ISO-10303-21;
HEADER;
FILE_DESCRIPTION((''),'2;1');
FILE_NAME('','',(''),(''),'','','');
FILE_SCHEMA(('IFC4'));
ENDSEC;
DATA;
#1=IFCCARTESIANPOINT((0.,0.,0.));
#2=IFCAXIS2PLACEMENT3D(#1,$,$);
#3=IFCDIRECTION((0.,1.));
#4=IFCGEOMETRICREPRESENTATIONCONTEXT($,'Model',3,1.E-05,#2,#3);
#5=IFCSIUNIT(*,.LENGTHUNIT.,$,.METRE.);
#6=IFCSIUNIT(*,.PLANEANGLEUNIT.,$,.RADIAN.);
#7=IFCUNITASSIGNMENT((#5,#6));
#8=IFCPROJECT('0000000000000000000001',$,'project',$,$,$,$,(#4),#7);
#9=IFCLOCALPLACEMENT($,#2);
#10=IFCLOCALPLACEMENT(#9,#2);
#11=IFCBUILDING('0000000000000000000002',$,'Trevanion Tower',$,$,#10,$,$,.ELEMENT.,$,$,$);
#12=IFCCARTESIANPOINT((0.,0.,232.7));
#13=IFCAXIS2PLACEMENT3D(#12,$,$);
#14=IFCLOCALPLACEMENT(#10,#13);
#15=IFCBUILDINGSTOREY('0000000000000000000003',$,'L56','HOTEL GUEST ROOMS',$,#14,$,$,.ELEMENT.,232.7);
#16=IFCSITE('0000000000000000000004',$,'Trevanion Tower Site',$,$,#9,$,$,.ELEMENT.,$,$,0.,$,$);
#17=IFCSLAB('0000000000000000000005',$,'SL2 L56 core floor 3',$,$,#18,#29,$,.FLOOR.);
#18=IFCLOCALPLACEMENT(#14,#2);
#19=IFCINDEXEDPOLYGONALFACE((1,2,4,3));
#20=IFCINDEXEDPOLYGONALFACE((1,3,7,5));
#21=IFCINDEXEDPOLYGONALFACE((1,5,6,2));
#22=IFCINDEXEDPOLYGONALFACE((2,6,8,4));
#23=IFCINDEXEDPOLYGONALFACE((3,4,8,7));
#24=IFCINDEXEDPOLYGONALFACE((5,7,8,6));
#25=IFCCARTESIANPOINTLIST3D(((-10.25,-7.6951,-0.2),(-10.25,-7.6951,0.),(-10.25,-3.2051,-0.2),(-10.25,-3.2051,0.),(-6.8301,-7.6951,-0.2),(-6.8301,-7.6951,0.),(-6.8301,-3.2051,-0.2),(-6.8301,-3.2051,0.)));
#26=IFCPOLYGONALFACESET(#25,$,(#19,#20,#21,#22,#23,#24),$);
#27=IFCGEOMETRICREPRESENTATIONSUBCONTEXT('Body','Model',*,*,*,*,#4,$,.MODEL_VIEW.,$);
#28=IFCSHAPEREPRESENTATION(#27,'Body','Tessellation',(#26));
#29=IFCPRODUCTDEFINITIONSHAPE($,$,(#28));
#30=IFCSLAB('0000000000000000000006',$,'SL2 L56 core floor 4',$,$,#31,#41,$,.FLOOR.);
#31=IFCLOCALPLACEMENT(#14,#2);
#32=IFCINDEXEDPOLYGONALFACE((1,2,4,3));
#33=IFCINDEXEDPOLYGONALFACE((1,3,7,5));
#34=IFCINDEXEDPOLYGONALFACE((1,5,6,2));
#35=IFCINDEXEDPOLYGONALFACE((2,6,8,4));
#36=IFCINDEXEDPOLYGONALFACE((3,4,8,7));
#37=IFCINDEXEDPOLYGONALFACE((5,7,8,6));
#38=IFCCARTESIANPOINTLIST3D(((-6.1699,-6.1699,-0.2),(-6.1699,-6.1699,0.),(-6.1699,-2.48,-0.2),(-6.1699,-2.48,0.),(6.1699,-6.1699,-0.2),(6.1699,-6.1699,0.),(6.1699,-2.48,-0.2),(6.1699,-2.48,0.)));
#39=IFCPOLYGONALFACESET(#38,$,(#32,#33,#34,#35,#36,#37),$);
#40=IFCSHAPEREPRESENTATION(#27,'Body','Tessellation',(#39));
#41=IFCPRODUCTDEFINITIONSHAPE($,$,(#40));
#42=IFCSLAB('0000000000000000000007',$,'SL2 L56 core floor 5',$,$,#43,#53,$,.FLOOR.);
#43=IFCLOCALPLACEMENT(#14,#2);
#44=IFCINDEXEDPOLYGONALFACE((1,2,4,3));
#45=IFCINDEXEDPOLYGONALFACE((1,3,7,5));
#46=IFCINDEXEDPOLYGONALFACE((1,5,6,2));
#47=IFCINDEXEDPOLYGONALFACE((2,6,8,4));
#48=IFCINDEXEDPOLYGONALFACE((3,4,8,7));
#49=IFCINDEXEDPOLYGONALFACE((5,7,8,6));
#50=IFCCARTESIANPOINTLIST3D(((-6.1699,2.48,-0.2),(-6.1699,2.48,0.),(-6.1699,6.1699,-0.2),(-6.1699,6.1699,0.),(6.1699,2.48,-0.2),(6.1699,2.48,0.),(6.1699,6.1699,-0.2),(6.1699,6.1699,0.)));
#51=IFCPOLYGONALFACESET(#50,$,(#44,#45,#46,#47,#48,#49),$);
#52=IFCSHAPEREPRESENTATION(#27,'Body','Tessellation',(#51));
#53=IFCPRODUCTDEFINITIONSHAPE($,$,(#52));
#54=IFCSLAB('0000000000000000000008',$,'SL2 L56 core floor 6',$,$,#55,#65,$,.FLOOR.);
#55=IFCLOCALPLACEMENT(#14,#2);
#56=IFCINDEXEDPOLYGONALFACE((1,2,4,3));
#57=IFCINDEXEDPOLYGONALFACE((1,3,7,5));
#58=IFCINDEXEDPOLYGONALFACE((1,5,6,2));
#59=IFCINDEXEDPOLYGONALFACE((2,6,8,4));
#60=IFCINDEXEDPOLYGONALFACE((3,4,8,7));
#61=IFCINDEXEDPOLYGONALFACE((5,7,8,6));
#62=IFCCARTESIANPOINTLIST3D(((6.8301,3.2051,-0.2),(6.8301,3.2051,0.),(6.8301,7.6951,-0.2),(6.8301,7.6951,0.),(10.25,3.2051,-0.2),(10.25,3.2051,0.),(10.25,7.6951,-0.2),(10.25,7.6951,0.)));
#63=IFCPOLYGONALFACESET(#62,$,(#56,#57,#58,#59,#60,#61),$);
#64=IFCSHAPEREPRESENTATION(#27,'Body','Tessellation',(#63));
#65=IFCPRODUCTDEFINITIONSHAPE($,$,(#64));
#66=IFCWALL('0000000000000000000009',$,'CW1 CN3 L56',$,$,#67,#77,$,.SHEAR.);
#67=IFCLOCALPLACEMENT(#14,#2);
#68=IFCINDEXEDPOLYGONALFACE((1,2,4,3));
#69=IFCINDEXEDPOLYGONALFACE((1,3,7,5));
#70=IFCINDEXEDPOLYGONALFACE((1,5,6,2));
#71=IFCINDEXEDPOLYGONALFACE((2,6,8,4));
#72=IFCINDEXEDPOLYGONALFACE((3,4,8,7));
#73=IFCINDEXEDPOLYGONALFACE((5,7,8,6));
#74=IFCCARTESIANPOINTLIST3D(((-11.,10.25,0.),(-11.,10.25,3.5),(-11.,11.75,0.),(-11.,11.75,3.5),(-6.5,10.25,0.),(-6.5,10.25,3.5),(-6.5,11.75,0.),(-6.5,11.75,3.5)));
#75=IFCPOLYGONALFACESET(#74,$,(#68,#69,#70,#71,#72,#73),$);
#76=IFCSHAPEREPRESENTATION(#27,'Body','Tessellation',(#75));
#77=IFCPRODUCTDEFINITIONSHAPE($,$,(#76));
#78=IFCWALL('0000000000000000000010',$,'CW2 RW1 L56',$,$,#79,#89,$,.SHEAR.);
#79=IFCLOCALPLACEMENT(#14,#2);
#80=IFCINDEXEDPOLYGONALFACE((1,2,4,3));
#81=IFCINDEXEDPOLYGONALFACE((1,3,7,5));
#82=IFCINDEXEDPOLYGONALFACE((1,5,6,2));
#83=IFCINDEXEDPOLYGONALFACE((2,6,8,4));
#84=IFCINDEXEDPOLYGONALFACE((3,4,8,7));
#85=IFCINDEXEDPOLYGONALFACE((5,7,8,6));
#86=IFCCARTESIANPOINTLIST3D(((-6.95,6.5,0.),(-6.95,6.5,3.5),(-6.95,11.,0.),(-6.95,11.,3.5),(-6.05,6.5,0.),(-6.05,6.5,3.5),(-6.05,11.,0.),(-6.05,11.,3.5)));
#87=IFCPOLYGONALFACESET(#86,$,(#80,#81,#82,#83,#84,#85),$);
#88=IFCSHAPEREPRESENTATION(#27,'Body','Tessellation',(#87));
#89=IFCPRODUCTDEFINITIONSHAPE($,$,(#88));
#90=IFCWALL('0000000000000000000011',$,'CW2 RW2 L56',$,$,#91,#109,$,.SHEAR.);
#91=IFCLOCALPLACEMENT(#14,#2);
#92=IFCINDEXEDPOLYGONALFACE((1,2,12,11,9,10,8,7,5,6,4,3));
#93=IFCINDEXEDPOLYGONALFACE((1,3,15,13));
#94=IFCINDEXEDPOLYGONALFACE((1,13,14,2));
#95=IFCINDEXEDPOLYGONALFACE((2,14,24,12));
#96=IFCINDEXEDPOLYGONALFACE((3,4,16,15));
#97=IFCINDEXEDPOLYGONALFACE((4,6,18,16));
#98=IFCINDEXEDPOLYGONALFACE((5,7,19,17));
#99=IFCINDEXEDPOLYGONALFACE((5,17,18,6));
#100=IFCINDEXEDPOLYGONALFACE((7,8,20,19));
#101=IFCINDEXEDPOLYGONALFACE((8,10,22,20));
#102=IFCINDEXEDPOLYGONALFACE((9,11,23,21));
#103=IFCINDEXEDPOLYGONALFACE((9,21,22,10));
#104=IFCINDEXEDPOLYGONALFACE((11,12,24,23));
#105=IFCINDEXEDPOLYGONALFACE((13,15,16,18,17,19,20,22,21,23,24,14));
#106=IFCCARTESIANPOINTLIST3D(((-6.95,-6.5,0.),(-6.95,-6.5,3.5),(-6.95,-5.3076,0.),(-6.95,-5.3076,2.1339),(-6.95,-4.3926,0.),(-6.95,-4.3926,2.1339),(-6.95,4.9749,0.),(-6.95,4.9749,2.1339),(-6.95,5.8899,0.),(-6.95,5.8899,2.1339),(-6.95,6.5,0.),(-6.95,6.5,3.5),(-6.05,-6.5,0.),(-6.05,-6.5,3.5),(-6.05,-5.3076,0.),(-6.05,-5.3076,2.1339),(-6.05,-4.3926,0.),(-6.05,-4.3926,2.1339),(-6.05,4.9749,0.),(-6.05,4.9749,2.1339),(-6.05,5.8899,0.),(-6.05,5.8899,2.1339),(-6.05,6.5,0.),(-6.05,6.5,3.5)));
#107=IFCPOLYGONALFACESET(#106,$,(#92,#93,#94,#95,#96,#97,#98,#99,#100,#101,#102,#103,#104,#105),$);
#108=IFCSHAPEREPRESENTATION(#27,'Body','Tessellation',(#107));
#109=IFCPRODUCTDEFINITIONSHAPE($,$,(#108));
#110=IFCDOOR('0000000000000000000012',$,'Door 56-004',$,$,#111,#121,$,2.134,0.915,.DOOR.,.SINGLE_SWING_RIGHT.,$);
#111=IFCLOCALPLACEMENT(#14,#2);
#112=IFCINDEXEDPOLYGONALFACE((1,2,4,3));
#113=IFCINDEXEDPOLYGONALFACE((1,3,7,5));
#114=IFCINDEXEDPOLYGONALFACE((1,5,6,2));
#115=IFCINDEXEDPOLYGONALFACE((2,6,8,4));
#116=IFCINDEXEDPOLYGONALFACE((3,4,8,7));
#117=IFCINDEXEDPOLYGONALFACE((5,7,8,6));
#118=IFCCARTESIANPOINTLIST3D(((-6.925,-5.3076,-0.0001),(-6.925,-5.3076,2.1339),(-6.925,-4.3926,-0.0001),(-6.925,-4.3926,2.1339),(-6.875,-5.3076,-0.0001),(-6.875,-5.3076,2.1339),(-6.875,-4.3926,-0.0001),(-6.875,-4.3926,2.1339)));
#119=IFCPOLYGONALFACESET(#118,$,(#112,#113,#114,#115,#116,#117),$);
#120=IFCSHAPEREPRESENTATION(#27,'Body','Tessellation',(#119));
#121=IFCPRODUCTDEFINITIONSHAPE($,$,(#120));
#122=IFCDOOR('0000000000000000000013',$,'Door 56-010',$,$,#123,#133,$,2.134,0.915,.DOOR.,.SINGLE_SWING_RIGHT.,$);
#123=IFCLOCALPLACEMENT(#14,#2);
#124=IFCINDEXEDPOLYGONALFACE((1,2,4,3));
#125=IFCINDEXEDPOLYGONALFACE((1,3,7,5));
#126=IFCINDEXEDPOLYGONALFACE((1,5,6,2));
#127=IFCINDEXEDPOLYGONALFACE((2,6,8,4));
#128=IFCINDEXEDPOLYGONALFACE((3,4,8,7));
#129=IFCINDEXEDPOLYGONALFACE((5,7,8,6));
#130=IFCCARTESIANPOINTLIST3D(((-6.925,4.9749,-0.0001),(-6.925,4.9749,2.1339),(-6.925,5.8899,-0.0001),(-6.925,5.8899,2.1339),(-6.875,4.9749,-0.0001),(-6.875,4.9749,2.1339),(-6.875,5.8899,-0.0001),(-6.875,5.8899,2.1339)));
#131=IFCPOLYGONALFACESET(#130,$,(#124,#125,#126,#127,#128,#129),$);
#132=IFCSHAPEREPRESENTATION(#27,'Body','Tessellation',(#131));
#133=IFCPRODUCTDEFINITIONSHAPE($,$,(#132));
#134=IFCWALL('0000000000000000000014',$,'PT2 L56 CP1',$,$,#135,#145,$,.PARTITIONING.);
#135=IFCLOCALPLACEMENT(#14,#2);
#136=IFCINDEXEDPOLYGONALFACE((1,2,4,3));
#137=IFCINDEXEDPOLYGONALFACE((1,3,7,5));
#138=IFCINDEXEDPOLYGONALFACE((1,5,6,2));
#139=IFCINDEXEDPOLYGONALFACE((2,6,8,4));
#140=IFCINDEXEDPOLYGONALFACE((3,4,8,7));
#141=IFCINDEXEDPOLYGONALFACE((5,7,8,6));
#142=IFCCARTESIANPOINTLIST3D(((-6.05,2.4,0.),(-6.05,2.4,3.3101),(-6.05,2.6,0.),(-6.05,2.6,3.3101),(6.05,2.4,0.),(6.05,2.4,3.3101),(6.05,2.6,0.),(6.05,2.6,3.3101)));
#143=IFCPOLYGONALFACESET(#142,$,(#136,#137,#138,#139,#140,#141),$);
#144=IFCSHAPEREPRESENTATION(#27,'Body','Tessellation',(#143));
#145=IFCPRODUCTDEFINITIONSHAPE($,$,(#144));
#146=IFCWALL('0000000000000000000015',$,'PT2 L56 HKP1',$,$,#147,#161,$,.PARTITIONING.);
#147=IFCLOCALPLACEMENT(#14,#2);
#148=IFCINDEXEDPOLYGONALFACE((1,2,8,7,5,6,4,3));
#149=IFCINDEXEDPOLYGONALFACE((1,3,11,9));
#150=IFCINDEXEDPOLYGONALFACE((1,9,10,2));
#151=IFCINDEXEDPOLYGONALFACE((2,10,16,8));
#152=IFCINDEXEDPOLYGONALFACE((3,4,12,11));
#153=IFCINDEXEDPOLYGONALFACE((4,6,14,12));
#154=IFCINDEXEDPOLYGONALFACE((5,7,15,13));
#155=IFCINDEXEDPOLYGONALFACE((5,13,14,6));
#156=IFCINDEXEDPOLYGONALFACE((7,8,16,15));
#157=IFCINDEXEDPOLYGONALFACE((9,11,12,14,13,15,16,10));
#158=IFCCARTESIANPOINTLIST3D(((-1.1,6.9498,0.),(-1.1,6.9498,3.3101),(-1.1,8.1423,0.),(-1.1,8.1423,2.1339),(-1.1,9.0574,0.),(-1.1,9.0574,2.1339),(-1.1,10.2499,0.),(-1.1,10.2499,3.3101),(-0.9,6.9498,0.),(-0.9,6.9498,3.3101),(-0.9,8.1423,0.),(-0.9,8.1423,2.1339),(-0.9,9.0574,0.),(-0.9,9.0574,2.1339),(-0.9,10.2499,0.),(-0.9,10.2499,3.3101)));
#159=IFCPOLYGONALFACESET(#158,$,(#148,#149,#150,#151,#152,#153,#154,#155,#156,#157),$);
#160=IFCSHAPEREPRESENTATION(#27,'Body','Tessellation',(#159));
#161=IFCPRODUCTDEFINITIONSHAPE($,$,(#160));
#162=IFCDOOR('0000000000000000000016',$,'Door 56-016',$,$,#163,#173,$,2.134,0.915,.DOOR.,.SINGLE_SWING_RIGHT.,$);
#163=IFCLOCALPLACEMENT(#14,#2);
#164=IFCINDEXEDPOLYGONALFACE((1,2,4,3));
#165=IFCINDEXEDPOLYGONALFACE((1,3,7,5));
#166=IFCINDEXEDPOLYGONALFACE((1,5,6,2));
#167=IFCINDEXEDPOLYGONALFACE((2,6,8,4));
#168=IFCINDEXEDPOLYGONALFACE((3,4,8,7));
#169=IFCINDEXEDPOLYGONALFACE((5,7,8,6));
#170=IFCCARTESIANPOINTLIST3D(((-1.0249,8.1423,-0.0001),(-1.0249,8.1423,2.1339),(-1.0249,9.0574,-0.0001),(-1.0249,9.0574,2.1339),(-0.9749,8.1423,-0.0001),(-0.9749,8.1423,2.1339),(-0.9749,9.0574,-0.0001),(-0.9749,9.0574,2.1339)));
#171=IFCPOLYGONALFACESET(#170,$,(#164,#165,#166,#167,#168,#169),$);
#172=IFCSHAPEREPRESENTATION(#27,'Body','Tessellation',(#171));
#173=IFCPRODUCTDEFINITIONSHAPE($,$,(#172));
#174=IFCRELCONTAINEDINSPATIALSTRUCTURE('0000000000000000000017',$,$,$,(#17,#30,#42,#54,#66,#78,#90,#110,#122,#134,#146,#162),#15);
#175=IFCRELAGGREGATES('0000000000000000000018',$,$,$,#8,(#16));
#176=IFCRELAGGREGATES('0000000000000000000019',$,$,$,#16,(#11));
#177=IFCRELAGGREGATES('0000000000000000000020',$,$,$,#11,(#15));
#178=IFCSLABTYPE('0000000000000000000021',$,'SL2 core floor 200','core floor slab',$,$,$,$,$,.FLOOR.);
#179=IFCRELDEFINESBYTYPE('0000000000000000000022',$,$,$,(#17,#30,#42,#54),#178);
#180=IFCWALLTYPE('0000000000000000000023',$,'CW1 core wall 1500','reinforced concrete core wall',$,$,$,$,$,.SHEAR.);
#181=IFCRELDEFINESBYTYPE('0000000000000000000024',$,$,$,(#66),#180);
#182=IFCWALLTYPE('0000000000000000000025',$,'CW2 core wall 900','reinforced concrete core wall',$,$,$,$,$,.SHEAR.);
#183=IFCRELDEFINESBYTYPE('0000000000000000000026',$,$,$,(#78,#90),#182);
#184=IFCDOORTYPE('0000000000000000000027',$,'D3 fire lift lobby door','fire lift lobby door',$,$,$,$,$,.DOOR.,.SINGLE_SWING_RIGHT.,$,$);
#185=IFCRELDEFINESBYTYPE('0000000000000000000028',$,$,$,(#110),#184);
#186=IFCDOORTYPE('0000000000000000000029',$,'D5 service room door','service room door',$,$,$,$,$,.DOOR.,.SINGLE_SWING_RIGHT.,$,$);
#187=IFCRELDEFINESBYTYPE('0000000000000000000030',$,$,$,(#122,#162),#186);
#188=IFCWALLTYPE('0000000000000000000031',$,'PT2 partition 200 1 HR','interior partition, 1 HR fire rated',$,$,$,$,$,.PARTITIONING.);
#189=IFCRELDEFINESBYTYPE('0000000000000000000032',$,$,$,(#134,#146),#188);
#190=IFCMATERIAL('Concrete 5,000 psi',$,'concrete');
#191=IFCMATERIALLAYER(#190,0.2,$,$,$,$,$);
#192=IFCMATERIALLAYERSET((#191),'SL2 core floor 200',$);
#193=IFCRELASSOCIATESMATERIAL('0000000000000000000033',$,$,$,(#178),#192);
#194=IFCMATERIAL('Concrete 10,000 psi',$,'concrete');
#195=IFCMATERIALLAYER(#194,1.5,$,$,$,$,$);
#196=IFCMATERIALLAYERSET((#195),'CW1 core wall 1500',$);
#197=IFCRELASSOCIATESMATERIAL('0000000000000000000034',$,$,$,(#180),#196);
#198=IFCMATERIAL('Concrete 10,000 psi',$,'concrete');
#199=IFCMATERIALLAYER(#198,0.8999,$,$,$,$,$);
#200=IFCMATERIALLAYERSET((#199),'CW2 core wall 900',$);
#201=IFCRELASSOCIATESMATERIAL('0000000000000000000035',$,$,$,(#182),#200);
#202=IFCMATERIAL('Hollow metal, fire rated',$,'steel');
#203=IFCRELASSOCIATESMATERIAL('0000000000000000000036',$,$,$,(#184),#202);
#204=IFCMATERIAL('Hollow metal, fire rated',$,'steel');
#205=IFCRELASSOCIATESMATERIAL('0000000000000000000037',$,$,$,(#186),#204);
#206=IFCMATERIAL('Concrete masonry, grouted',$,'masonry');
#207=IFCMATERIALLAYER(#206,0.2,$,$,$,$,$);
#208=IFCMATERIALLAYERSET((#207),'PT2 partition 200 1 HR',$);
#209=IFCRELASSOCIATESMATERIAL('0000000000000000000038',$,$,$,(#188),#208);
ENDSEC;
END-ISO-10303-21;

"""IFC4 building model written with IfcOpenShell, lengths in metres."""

from ifc_helpers import new_model, si_unit, direction, frame, frame_2d, origin, place, context, subcontext, project, spatial, polyline, rectangle, outline, extrude, material, layer, layer_set, type_object, element, fill, save


model = new_model("IFC4")

# Units and contexts
model_context = context("Model", 3, precision=1e-05, world=origin(), true_north=direction((0.0, 1.0)))
body_context = subcontext(model_context, "Body", "Model", "MODEL_VIEW")
ifc_project = project(units=[si_unit("LENGTHUNIT", "METRE"), si_unit("PLANEANGLEUNIT", "RADIAN")], contexts=[model_context])

# Site, building, storey
site_placement = place(None, origin())
site = spatial("IfcSite", under=ifc_project, at=site_placement, Name="Trevanion Tower Site", CompositionType="ELEMENT", RefElevation=0.0)
building_placement = place(site_placement, origin())
building = spatial("IfcBuilding", under=site, at=building_placement, Name="Trevanion Tower", CompositionType="ELEMENT")
storey_placement = place(building_placement, frame((0.0, 0.0, 232.7)))
storey = spatial("IfcBuildingStorey", under=building, at=storey_placement, Name="L56", Description="HOTEL GUEST ROOMS", CompositionType="ELEMENT", Elevation=232.7)

# Slabs
ifc_material_1 = material(Name="Concrete 5,000 psi", Category="concrete")
ifc_layer_1 = layer(ifc_material_1, 0.2)
ifc_layer_set_1 = layer_set([ifc_layer_1], Name="SL2 core floor 200")
slab_type = type_object("IfcSlabType", Name="SL2 core floor 200", Description="core floor slab", PredefinedType="FLOOR", material=ifc_layer_set_1)
slab_1_placement = place(storey_placement, frame((0.0, 0.0, -0.2)))
element("IfcSlab", 1, at=slab_1_placement, inside=storey, type_object=slab_type, Name="SL2 L56 core floor 3", PredefinedType="FLOOR", context=body_context, shape_type="SweptSolid", body=[
    extrude(outline(polyline([(-6.8301, -3.2051), (-6.8301, -7.6951), (-10.25, -7.6951), (-10.25, -3.2051), (-6.8301, -3.2051)])), origin(), (0.0, 0.0, 1.0), 0.2),
])
slab_2_placement = place(storey_placement, frame((0.0, 0.0, -0.2)))
element("IfcSlab", 2, at=slab_2_placement, inside=storey, type_object=slab_type, Name="SL2 L56 core floor 4", PredefinedType="FLOOR", context=body_context, shape_type="SweptSolid", body=[
    extrude(outline(polyline([(6.1699, -6.1699), (-6.1699, -6.1699), (-6.1699, -2.48), (6.1699, -2.48), (6.1699, -6.1699)])), origin(), (0.0, 0.0, 1.0), 0.2),
])
slab_3_placement = place(storey_placement, frame((0.0, 0.0, -0.2)))
element("IfcSlab", 3, at=slab_3_placement, inside=storey, type_object=slab_type, Name="SL2 L56 core floor 5", PredefinedType="FLOOR", context=body_context, shape_type="SweptSolid", body=[
    extrude(outline(polyline([(6.1699, 2.48), (-6.1699, 2.48), (-6.1699, 6.1699), (6.1699, 6.1699), (6.1699, 2.48)])), origin(), (0.0, 0.0, 1.0), 0.2),
])
slab_4_placement = place(storey_placement, frame((0.0, 0.0, -0.2)))
element("IfcSlab", 4, at=slab_4_placement, inside=storey, type_object=slab_type, Name="SL2 L56 core floor 6", PredefinedType="FLOOR", context=body_context, shape_type="SweptSolid", body=[
    extrude(outline(polyline([(6.8301, 3.2051), (6.8301, 7.6951), (10.25, 7.6951), (10.25, 3.2051), (6.8301, 3.2051)])), origin(), (0.0, 0.0, 1.0), 0.2),
])

# Walls
ifc_material_2 = material(Name="Concrete 10,000 psi", Category="concrete")
ifc_layer_2 = layer(ifc_material_2, 1.5)
ifc_layer_set_2 = layer_set([ifc_layer_2], Name="CW1 core wall 1500")
wall_type_1 = type_object("IfcWallType", Name="CW1 core wall 1500", Description="reinforced concrete core wall", PredefinedType="SHEAR", material=ifc_layer_set_2)
wall_1_placement = place(storey_placement, frame((-6.5, 11.0, 0.0), z_axis=(0.0, 0.0, 1.0), x_axis=(-1.0, 0.0, 0.0)))
element("IfcWall", 5, at=wall_1_placement, inside=storey, type_object=wall_type_1, Name="CW1 CN3 L56", PredefinedType="SHEAR", context=body_context, shape_type="SweptSolid", body=[
    extrude(rectangle(XDim=4.5, YDim=1.5, at=frame_2d((2.25, 0.0))), origin(), (0.0, 0.0, 1.0), 3.5),
])
ifc_material_3 = material(Name="Concrete 10,000 psi", Category="concrete")
ifc_layer_3 = layer(ifc_material_3, 0.8999)
ifc_layer_set_3 = layer_set([ifc_layer_3], Name="CW2 core wall 900")
wall_type_2 = type_object("IfcWallType", Name="CW2 core wall 900", Description="reinforced concrete core wall", PredefinedType="SHEAR", material=ifc_layer_set_3)
wall_2_placement = place(storey_placement, frame((-6.5, 11.0, 0.0), z_axis=(0.0, 0.0, 1.0), x_axis=(0.0, -1.0, 0.0)))
element("IfcWall", 6, at=wall_2_placement, inside=storey, type_object=wall_type_2, Name="CW2 RW1 L56", PredefinedType="SHEAR", context=body_context, shape_type="SweptSolid", body=[
    extrude(rectangle(XDim=4.5, YDim=0.8999, at=frame_2d((2.25, 0.0))), origin(), (0.0, 0.0, 1.0), 3.5),
])

# Wall, openings, doors
wall_3_placement = place(storey_placement, frame((-6.5, 6.5, 0.0), z_axis=(0.0, 0.0, 1.0), x_axis=(0.0, -1.0, 0.0)))
wall_3 = element("IfcWall", 7, at=wall_3_placement, inside=storey, type_object=wall_type_2, Name="CW2 RW2 L56", PredefinedType="SHEAR", context=body_context, shape_type="SweptSolid", body=[
    extrude(rectangle(XDim=13.0, YDim=0.8999, at=frame_2d((6.5, 0.0))), origin(), (0.0, 0.0, 1.0), 3.5),
])
opening_1_placement = place(wall_3_placement, frame((10.8926, 0.0, 0.0)))
opening_1 = element("IfcOpeningElement", 8, at=opening_1_placement, cuts=wall_3, PredefinedType="OPENING", context=body_context, shape_type="SweptSolid", body=[
    extrude(rectangle(XDim=0.915, YDim=2.134, at=frame_2d((0.4575, 1.0669))), frame((0.0, 0.46, 0.0), z_axis=(0.0, -1.0, 0.0), x_axis=(1.0, 0.0, 0.0)), (0.0, 0.0, 1.0), 0.9199),
])
opening_2_placement = place(wall_3_placement, frame((0.6101, 0.0, 0.0)))
opening_2 = element("IfcOpeningElement", 9, at=opening_2_placement, cuts=wall_3, PredefinedType="OPENING", context=body_context, shape_type="SweptSolid", body=[
    extrude(rectangle(XDim=0.915, YDim=2.134, at=frame_2d((0.4575, 1.0669))), frame((0.0, 0.46, 0.0), z_axis=(0.0, -1.0, 0.0), x_axis=(1.0, 0.0, 0.0)), (0.0, 0.0, 1.0), 0.9199),
])
ifc_material_4 = material(Name="Hollow metal, fire rated", Category="steel")
door_type_1 = type_object("IfcDoorType", Name="D3 fire lift lobby door", Description="fire lift lobby door", OperationType="SINGLE_SWING_RIGHT", PredefinedType="DOOR", material=ifc_material_4)
door_1_placement = place(opening_1_placement, origin())
door_1 = element("IfcDoor", 10, at=door_1_placement, inside=storey, type_object=door_type_1, Name="Door 56-004", OperationType="SINGLE_SWING_RIGHT", OverallHeight=2.134, OverallWidth=0.915, PredefinedType="DOOR", context=body_context, shape_type="SweptSolid", body=[
    extrude(rectangle(XDim=0.915, YDim=2.134, at=frame_2d((0.4575, 1.0669))), frame((0.0, -0.375, 0.0), z_axis=(0.0, -1.0, 0.0), x_axis=(1.0, 0.0, 0.0)), (0.0, 0.0, 1.0), 0.05),
])
fill(opening_1, door_1)
ifc_material_5 = material(Name="Hollow metal, fire rated", Category="steel")
door_type_2 = type_object("IfcDoorType", Name="D5 service room door", Description="service room door", OperationType="SINGLE_SWING_RIGHT", PredefinedType="DOOR", material=ifc_material_5)
door_2_placement = place(opening_2_placement, origin())
door_2 = element("IfcDoor", 11, at=door_2_placement, inside=storey, type_object=door_type_2, Name="Door 56-010", OperationType="SINGLE_SWING_RIGHT", OverallHeight=2.134, OverallWidth=0.915, PredefinedType="DOOR", context=body_context, shape_type="SweptSolid", body=[
    extrude(rectangle(XDim=0.915, YDim=2.134, at=frame_2d((0.4575, 1.0669))), frame((0.0, -0.375, 0.0), z_axis=(0.0, -1.0, 0.0), x_axis=(1.0, 0.0, 0.0)), (0.0, 0.0, 1.0), 0.05),
])
fill(opening_2, door_2)

# Wall
ifc_material_6 = material(Name="Concrete masonry, grouted", Category="masonry")
ifc_layer_4 = layer(ifc_material_6, 0.2)
ifc_layer_set_4 = layer_set([ifc_layer_4], Name="PT2 partition 200 1 HR")
wall_type_3 = type_object("IfcWallType", Name="PT2 partition 200 1 HR", Description="interior partition, 1 HR fire rated", PredefinedType="PARTITIONING", material=ifc_layer_set_4)
wall_4_placement = place(storey_placement, frame((-6.05, 2.5, 0.0), z_axis=(0.0, 0.0, 1.0), x_axis=(1.0, 0.0, 0.0)))
element("IfcWall", 12, at=wall_4_placement, inside=storey, type_object=wall_type_3, Name="PT2 L56 CP1", PredefinedType="PARTITIONING", context=body_context, shape_type="SweptSolid", body=[
    extrude(rectangle(XDim=12.1001, YDim=0.2, at=frame_2d((6.05, 0.0))), origin(), (0.0, 0.0, 1.0), 3.3101),
])

# Wall, opening, door
wall_5_placement = place(storey_placement, frame((-1.0, 6.95, 0.0), z_axis=(0.0, 0.0, 1.0), x_axis=(0.0, 1.0, 0.0)))
wall_5 = element("IfcWall", 13, at=wall_5_placement, inside=storey, type_object=wall_type_3, Name="PT2 L56 HKP1", PredefinedType="PARTITIONING", context=body_context, shape_type="SweptSolid", body=[
    extrude(rectangle(XDim=3.3, YDim=0.2, at=frame_2d((1.6499, 0.0))), origin(), (0.0, 0.0, 1.0), 3.3101),
])
opening_3_placement = place(wall_5_placement, frame((1.1924, 0.0, 0.0)))
opening_3 = element("IfcOpeningElement", 14, at=opening_3_placement, cuts=wall_5, PredefinedType="OPENING", context=body_context, shape_type="SweptSolid", body=[
    extrude(rectangle(XDim=0.915, YDim=2.134, at=frame_2d((0.4575, 1.0669))), frame((0.0, 0.1099, 0.0), z_axis=(0.0, -1.0, 0.0), x_axis=(1.0, 0.0, 0.0)), (0.0, 0.0, 1.0), 0.22),
])
door_3_placement = place(opening_3_placement, origin())
door_3 = element("IfcDoor", 15, at=door_3_placement, inside=storey, type_object=door_type_2, Name="Door 56-016", OperationType="SINGLE_SWING_RIGHT", OverallHeight=2.134, OverallWidth=0.915, PredefinedType="DOOR", context=body_context, shape_type="SweptSolid", body=[
    extrude(rectangle(XDim=0.915, YDim=2.134, at=frame_2d((0.4575, 1.0669))), frame((0.0, 0.0249, 0.0), z_axis=(0.0, -1.0, 0.0), x_axis=(1.0, 0.0, 0.0)), (0.0, 0.0, 1.0), 0.05),
])
fill(opening_3, door_3)

save(model, "model.ifc")
